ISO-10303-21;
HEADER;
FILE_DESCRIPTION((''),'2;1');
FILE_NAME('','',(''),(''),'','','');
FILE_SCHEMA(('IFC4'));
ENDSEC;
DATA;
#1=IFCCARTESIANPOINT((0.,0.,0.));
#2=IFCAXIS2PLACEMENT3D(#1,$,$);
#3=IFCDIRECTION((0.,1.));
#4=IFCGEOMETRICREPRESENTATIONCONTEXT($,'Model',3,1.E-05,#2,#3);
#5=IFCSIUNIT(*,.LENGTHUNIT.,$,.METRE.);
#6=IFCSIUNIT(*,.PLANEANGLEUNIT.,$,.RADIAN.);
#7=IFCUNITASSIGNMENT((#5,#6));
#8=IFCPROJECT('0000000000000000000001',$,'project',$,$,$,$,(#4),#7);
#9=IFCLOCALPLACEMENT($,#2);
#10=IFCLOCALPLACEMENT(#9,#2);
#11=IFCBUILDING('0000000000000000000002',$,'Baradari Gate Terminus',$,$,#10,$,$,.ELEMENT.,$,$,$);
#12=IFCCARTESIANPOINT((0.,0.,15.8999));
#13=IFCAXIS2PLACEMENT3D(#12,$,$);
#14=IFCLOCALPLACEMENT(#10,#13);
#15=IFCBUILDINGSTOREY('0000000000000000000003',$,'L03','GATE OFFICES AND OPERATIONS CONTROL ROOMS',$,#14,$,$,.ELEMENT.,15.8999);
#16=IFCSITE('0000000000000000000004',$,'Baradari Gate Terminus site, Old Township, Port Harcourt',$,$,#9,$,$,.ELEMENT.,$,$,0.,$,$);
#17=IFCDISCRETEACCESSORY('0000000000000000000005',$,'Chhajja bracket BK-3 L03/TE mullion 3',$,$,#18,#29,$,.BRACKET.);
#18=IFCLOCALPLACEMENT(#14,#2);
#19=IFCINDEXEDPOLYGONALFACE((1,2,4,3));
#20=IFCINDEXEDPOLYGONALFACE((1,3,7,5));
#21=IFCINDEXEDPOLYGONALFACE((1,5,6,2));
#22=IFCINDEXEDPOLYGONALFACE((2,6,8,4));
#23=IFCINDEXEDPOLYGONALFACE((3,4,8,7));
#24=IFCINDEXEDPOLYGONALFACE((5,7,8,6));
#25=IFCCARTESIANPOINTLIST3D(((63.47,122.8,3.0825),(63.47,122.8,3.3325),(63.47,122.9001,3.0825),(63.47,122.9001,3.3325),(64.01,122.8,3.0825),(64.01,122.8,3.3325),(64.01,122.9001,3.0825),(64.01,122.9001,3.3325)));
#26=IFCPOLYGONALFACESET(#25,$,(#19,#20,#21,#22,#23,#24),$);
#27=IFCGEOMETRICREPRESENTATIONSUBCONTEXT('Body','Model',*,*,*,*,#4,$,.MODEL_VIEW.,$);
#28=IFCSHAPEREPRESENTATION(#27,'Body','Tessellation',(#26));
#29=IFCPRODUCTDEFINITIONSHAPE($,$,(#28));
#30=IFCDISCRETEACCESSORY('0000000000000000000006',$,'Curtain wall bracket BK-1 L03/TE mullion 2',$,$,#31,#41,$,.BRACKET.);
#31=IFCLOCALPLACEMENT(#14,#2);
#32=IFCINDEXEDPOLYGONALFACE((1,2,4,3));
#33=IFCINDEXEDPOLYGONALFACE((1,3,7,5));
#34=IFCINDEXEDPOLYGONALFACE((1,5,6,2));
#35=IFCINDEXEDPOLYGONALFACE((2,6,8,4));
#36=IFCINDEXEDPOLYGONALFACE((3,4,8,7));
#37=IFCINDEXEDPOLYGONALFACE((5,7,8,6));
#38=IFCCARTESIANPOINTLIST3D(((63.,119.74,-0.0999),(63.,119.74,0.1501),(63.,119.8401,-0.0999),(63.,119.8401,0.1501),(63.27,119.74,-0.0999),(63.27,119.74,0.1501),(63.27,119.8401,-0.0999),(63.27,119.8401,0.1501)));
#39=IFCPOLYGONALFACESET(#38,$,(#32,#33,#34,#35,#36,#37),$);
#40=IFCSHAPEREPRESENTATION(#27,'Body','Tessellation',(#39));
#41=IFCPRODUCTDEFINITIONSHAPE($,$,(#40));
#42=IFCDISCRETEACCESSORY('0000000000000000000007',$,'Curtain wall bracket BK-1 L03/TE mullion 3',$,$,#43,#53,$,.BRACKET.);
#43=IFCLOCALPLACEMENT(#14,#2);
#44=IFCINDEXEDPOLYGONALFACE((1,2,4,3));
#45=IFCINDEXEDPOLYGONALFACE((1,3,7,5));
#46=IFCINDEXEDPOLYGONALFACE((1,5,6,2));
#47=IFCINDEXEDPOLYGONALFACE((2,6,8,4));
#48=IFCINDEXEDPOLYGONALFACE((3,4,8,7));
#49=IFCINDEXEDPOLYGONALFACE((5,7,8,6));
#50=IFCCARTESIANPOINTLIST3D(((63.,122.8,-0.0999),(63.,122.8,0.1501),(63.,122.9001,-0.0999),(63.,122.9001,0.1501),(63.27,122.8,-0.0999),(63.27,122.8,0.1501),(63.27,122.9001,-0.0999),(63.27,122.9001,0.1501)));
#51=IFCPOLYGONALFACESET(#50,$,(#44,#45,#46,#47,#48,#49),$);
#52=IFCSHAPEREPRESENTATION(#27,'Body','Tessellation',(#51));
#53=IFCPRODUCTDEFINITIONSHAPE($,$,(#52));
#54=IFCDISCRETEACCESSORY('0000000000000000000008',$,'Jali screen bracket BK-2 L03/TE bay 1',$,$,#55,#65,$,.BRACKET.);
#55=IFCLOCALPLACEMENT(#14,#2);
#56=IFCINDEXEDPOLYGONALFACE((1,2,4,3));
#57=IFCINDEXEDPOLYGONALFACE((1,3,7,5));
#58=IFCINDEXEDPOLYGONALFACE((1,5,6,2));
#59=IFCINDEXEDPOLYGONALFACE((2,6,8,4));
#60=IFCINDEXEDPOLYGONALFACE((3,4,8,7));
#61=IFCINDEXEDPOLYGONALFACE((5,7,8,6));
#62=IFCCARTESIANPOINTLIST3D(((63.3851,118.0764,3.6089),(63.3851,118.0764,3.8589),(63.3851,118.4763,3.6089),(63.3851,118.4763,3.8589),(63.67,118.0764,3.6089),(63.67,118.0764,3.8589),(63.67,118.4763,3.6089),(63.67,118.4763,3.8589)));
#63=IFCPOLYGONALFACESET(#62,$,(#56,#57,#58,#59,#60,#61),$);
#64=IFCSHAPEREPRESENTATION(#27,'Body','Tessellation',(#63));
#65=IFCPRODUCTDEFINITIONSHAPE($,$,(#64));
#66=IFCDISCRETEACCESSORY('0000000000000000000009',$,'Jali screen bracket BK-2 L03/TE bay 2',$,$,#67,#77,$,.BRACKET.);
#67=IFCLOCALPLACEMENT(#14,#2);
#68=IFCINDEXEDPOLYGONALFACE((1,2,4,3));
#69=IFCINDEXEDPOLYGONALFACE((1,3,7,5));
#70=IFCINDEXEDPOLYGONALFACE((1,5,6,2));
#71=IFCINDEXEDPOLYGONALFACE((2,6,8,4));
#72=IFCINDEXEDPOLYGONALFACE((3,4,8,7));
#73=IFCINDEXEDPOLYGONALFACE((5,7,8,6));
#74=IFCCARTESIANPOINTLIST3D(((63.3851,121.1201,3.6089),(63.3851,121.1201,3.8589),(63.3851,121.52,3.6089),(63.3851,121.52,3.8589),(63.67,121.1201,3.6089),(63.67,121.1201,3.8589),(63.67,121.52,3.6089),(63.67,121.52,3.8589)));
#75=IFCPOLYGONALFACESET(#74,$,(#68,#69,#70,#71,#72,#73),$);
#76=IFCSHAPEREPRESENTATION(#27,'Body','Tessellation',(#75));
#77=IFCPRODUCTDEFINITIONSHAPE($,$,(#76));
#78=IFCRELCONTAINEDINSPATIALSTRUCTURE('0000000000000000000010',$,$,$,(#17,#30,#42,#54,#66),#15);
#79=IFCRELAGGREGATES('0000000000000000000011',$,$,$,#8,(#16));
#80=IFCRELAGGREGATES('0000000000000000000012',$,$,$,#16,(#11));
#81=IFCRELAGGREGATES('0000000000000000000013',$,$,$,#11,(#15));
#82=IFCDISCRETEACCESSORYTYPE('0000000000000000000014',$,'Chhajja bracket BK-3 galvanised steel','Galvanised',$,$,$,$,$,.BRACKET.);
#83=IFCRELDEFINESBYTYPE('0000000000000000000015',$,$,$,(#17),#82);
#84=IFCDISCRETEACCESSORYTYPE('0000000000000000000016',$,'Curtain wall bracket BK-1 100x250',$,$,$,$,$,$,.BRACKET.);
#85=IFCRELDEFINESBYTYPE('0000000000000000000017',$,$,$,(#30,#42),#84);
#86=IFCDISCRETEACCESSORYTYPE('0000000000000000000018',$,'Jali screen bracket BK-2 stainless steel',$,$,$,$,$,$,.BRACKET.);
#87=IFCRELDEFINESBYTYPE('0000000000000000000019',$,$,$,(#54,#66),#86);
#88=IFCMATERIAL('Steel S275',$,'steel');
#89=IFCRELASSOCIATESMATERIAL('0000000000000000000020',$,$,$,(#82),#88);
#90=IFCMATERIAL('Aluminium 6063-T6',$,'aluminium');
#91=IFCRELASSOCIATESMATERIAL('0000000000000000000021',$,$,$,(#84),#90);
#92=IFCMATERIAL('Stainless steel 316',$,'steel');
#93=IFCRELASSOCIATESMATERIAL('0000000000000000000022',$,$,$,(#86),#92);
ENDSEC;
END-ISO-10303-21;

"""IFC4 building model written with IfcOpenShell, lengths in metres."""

from ifc_helpers import new_model, si_unit, direction, frame, origin, origin_2d, place, context, subcontext, project, spatial, rectangle, extrude, material, type_object, element, save


model = new_model("IFC4")

# Units and contexts
model_context = context("Model", 3, precision=1e-05, world=origin(), true_north=direction((0.0, 1.0)))
body_context = subcontext(model_context, "Body", "Model", "MODEL_VIEW")
ifc_project = project(units=[si_unit("LENGTHUNIT", "METRE"), si_unit("PLANEANGLEUNIT", "RADIAN")], contexts=[model_context])

# Site, building, storey
site_placement = place(None, origin())
site = spatial("IfcSite", under=ifc_project, at=site_placement, Name="Baradari Gate Terminus site, Old Township, Port Harcourt", CompositionType="ELEMENT", RefElevation=0.0)
building_placement = place(site_placement, origin())
building = spatial("IfcBuilding", under=site, at=building_placement, Name="Baradari Gate Terminus", CompositionType="ELEMENT")
storey_placement = place(building_placement, frame((0.0, 0.0, 15.8999)))
storey = spatial("IfcBuildingStorey", under=building, at=storey_placement, Name="L03", Description="GATE OFFICES AND OPERATIONS CONTROL ROOMS", CompositionType="ELEMENT", Elevation=15.8999)

# Discrete accessories
ifc_material_1 = material(Name="Steel S275", Category="steel")
discrete_accessory_type_1 = type_object("IfcDiscreteAccessoryType", Name="Chhajja bracket BK-3 galvanised steel", Description="Galvanised", PredefinedType="BRACKET", material=ifc_material_1)
for number, where, z_axis, x_axis, name in (
    (1, (63.74, 122.8501, 3.0825), (0.0, 0.0, 1.0), (1.0, 0.0, 0.0), "Chhajja bracket BK-3 L03/TE mullion 3"),
):
    element("IfcDiscreteAccessory", number, at=place(storey_placement, frame(where, z_axis=z_axis, x_axis=x_axis)), inside=storey, type_object=discrete_accessory_type_1, Name=name, PredefinedType="BRACKET", context=body_context, shape_type="SweptSolid", body=[
        extrude(rectangle(XDim=0.54, YDim=0.1001, at=origin_2d()), origin(), (0.0, 0.0, 1.0), 0.25),
    ])
ifc_material_2 = material(Name="Aluminium 6063-T6", Category="aluminium")
discrete_accessory_type_2 = type_object("IfcDiscreteAccessoryType", Name="Curtain wall bracket BK-1 100x250", PredefinedType="BRACKET", material=ifc_material_2)
for number, where, z_axis, x_axis, name in (
    (2, (63.135, 119.79, -0.0999), (0.0, 0.0, 1.0), (1.0, 0.0, 0.0), "Curtain wall bracket BK-1 L03/TE mullion 2"),
    (3, (63.135, 122.8501, -0.0999), (0.0, 0.0, 1.0), (1.0, 0.0, 0.0), "Curtain wall bracket BK-1 L03/TE mullion 3"),
):
    element("IfcDiscreteAccessory", number, at=place(storey_placement, frame(where, z_axis=z_axis, x_axis=x_axis)), inside=storey, type_object=discrete_accessory_type_2, Name=name, PredefinedType="BRACKET", context=body_context, shape_type="SweptSolid", body=[
        extrude(rectangle(XDim=0.27, YDim=0.1001, at=origin_2d()), origin(), (0.0, 0.0, 1.0), 0.25),
    ])
ifc_material_3 = material(Name="Stainless steel 316", Category="steel")
discrete_accessory_type_3 = type_object("IfcDiscreteAccessoryType", Name="Jali screen bracket BK-2 stainless steel", PredefinedType="BRACKET", material=ifc_material_3)
for number, where, z_axis, x_axis, name in (
    (4, (63.5276, 118.2764, 3.6089), (0.0, 0.0, 1.0), (1.0, 0.0, 0.0), "Jali screen bracket BK-2 L03/TE bay 1"),
    (5, (63.5276, 121.3201, 3.6089), (0.0, 0.0, 1.0), (1.0, 0.0, 0.0), "Jali screen bracket BK-2 L03/TE bay 2"),
):
    element("IfcDiscreteAccessory", number, at=place(storey_placement, frame(where, z_axis=z_axis, x_axis=x_axis)), inside=storey, type_object=discrete_accessory_type_3, Name=name, PredefinedType="BRACKET", context=body_context, shape_type="SweptSolid", body=[
        extrude(rectangle(XDim=0.2849, YDim=0.3999, at=origin_2d()), origin(), (0.0, 0.0, 1.0), 0.25),
    ])

save(model, "model.ifc")
